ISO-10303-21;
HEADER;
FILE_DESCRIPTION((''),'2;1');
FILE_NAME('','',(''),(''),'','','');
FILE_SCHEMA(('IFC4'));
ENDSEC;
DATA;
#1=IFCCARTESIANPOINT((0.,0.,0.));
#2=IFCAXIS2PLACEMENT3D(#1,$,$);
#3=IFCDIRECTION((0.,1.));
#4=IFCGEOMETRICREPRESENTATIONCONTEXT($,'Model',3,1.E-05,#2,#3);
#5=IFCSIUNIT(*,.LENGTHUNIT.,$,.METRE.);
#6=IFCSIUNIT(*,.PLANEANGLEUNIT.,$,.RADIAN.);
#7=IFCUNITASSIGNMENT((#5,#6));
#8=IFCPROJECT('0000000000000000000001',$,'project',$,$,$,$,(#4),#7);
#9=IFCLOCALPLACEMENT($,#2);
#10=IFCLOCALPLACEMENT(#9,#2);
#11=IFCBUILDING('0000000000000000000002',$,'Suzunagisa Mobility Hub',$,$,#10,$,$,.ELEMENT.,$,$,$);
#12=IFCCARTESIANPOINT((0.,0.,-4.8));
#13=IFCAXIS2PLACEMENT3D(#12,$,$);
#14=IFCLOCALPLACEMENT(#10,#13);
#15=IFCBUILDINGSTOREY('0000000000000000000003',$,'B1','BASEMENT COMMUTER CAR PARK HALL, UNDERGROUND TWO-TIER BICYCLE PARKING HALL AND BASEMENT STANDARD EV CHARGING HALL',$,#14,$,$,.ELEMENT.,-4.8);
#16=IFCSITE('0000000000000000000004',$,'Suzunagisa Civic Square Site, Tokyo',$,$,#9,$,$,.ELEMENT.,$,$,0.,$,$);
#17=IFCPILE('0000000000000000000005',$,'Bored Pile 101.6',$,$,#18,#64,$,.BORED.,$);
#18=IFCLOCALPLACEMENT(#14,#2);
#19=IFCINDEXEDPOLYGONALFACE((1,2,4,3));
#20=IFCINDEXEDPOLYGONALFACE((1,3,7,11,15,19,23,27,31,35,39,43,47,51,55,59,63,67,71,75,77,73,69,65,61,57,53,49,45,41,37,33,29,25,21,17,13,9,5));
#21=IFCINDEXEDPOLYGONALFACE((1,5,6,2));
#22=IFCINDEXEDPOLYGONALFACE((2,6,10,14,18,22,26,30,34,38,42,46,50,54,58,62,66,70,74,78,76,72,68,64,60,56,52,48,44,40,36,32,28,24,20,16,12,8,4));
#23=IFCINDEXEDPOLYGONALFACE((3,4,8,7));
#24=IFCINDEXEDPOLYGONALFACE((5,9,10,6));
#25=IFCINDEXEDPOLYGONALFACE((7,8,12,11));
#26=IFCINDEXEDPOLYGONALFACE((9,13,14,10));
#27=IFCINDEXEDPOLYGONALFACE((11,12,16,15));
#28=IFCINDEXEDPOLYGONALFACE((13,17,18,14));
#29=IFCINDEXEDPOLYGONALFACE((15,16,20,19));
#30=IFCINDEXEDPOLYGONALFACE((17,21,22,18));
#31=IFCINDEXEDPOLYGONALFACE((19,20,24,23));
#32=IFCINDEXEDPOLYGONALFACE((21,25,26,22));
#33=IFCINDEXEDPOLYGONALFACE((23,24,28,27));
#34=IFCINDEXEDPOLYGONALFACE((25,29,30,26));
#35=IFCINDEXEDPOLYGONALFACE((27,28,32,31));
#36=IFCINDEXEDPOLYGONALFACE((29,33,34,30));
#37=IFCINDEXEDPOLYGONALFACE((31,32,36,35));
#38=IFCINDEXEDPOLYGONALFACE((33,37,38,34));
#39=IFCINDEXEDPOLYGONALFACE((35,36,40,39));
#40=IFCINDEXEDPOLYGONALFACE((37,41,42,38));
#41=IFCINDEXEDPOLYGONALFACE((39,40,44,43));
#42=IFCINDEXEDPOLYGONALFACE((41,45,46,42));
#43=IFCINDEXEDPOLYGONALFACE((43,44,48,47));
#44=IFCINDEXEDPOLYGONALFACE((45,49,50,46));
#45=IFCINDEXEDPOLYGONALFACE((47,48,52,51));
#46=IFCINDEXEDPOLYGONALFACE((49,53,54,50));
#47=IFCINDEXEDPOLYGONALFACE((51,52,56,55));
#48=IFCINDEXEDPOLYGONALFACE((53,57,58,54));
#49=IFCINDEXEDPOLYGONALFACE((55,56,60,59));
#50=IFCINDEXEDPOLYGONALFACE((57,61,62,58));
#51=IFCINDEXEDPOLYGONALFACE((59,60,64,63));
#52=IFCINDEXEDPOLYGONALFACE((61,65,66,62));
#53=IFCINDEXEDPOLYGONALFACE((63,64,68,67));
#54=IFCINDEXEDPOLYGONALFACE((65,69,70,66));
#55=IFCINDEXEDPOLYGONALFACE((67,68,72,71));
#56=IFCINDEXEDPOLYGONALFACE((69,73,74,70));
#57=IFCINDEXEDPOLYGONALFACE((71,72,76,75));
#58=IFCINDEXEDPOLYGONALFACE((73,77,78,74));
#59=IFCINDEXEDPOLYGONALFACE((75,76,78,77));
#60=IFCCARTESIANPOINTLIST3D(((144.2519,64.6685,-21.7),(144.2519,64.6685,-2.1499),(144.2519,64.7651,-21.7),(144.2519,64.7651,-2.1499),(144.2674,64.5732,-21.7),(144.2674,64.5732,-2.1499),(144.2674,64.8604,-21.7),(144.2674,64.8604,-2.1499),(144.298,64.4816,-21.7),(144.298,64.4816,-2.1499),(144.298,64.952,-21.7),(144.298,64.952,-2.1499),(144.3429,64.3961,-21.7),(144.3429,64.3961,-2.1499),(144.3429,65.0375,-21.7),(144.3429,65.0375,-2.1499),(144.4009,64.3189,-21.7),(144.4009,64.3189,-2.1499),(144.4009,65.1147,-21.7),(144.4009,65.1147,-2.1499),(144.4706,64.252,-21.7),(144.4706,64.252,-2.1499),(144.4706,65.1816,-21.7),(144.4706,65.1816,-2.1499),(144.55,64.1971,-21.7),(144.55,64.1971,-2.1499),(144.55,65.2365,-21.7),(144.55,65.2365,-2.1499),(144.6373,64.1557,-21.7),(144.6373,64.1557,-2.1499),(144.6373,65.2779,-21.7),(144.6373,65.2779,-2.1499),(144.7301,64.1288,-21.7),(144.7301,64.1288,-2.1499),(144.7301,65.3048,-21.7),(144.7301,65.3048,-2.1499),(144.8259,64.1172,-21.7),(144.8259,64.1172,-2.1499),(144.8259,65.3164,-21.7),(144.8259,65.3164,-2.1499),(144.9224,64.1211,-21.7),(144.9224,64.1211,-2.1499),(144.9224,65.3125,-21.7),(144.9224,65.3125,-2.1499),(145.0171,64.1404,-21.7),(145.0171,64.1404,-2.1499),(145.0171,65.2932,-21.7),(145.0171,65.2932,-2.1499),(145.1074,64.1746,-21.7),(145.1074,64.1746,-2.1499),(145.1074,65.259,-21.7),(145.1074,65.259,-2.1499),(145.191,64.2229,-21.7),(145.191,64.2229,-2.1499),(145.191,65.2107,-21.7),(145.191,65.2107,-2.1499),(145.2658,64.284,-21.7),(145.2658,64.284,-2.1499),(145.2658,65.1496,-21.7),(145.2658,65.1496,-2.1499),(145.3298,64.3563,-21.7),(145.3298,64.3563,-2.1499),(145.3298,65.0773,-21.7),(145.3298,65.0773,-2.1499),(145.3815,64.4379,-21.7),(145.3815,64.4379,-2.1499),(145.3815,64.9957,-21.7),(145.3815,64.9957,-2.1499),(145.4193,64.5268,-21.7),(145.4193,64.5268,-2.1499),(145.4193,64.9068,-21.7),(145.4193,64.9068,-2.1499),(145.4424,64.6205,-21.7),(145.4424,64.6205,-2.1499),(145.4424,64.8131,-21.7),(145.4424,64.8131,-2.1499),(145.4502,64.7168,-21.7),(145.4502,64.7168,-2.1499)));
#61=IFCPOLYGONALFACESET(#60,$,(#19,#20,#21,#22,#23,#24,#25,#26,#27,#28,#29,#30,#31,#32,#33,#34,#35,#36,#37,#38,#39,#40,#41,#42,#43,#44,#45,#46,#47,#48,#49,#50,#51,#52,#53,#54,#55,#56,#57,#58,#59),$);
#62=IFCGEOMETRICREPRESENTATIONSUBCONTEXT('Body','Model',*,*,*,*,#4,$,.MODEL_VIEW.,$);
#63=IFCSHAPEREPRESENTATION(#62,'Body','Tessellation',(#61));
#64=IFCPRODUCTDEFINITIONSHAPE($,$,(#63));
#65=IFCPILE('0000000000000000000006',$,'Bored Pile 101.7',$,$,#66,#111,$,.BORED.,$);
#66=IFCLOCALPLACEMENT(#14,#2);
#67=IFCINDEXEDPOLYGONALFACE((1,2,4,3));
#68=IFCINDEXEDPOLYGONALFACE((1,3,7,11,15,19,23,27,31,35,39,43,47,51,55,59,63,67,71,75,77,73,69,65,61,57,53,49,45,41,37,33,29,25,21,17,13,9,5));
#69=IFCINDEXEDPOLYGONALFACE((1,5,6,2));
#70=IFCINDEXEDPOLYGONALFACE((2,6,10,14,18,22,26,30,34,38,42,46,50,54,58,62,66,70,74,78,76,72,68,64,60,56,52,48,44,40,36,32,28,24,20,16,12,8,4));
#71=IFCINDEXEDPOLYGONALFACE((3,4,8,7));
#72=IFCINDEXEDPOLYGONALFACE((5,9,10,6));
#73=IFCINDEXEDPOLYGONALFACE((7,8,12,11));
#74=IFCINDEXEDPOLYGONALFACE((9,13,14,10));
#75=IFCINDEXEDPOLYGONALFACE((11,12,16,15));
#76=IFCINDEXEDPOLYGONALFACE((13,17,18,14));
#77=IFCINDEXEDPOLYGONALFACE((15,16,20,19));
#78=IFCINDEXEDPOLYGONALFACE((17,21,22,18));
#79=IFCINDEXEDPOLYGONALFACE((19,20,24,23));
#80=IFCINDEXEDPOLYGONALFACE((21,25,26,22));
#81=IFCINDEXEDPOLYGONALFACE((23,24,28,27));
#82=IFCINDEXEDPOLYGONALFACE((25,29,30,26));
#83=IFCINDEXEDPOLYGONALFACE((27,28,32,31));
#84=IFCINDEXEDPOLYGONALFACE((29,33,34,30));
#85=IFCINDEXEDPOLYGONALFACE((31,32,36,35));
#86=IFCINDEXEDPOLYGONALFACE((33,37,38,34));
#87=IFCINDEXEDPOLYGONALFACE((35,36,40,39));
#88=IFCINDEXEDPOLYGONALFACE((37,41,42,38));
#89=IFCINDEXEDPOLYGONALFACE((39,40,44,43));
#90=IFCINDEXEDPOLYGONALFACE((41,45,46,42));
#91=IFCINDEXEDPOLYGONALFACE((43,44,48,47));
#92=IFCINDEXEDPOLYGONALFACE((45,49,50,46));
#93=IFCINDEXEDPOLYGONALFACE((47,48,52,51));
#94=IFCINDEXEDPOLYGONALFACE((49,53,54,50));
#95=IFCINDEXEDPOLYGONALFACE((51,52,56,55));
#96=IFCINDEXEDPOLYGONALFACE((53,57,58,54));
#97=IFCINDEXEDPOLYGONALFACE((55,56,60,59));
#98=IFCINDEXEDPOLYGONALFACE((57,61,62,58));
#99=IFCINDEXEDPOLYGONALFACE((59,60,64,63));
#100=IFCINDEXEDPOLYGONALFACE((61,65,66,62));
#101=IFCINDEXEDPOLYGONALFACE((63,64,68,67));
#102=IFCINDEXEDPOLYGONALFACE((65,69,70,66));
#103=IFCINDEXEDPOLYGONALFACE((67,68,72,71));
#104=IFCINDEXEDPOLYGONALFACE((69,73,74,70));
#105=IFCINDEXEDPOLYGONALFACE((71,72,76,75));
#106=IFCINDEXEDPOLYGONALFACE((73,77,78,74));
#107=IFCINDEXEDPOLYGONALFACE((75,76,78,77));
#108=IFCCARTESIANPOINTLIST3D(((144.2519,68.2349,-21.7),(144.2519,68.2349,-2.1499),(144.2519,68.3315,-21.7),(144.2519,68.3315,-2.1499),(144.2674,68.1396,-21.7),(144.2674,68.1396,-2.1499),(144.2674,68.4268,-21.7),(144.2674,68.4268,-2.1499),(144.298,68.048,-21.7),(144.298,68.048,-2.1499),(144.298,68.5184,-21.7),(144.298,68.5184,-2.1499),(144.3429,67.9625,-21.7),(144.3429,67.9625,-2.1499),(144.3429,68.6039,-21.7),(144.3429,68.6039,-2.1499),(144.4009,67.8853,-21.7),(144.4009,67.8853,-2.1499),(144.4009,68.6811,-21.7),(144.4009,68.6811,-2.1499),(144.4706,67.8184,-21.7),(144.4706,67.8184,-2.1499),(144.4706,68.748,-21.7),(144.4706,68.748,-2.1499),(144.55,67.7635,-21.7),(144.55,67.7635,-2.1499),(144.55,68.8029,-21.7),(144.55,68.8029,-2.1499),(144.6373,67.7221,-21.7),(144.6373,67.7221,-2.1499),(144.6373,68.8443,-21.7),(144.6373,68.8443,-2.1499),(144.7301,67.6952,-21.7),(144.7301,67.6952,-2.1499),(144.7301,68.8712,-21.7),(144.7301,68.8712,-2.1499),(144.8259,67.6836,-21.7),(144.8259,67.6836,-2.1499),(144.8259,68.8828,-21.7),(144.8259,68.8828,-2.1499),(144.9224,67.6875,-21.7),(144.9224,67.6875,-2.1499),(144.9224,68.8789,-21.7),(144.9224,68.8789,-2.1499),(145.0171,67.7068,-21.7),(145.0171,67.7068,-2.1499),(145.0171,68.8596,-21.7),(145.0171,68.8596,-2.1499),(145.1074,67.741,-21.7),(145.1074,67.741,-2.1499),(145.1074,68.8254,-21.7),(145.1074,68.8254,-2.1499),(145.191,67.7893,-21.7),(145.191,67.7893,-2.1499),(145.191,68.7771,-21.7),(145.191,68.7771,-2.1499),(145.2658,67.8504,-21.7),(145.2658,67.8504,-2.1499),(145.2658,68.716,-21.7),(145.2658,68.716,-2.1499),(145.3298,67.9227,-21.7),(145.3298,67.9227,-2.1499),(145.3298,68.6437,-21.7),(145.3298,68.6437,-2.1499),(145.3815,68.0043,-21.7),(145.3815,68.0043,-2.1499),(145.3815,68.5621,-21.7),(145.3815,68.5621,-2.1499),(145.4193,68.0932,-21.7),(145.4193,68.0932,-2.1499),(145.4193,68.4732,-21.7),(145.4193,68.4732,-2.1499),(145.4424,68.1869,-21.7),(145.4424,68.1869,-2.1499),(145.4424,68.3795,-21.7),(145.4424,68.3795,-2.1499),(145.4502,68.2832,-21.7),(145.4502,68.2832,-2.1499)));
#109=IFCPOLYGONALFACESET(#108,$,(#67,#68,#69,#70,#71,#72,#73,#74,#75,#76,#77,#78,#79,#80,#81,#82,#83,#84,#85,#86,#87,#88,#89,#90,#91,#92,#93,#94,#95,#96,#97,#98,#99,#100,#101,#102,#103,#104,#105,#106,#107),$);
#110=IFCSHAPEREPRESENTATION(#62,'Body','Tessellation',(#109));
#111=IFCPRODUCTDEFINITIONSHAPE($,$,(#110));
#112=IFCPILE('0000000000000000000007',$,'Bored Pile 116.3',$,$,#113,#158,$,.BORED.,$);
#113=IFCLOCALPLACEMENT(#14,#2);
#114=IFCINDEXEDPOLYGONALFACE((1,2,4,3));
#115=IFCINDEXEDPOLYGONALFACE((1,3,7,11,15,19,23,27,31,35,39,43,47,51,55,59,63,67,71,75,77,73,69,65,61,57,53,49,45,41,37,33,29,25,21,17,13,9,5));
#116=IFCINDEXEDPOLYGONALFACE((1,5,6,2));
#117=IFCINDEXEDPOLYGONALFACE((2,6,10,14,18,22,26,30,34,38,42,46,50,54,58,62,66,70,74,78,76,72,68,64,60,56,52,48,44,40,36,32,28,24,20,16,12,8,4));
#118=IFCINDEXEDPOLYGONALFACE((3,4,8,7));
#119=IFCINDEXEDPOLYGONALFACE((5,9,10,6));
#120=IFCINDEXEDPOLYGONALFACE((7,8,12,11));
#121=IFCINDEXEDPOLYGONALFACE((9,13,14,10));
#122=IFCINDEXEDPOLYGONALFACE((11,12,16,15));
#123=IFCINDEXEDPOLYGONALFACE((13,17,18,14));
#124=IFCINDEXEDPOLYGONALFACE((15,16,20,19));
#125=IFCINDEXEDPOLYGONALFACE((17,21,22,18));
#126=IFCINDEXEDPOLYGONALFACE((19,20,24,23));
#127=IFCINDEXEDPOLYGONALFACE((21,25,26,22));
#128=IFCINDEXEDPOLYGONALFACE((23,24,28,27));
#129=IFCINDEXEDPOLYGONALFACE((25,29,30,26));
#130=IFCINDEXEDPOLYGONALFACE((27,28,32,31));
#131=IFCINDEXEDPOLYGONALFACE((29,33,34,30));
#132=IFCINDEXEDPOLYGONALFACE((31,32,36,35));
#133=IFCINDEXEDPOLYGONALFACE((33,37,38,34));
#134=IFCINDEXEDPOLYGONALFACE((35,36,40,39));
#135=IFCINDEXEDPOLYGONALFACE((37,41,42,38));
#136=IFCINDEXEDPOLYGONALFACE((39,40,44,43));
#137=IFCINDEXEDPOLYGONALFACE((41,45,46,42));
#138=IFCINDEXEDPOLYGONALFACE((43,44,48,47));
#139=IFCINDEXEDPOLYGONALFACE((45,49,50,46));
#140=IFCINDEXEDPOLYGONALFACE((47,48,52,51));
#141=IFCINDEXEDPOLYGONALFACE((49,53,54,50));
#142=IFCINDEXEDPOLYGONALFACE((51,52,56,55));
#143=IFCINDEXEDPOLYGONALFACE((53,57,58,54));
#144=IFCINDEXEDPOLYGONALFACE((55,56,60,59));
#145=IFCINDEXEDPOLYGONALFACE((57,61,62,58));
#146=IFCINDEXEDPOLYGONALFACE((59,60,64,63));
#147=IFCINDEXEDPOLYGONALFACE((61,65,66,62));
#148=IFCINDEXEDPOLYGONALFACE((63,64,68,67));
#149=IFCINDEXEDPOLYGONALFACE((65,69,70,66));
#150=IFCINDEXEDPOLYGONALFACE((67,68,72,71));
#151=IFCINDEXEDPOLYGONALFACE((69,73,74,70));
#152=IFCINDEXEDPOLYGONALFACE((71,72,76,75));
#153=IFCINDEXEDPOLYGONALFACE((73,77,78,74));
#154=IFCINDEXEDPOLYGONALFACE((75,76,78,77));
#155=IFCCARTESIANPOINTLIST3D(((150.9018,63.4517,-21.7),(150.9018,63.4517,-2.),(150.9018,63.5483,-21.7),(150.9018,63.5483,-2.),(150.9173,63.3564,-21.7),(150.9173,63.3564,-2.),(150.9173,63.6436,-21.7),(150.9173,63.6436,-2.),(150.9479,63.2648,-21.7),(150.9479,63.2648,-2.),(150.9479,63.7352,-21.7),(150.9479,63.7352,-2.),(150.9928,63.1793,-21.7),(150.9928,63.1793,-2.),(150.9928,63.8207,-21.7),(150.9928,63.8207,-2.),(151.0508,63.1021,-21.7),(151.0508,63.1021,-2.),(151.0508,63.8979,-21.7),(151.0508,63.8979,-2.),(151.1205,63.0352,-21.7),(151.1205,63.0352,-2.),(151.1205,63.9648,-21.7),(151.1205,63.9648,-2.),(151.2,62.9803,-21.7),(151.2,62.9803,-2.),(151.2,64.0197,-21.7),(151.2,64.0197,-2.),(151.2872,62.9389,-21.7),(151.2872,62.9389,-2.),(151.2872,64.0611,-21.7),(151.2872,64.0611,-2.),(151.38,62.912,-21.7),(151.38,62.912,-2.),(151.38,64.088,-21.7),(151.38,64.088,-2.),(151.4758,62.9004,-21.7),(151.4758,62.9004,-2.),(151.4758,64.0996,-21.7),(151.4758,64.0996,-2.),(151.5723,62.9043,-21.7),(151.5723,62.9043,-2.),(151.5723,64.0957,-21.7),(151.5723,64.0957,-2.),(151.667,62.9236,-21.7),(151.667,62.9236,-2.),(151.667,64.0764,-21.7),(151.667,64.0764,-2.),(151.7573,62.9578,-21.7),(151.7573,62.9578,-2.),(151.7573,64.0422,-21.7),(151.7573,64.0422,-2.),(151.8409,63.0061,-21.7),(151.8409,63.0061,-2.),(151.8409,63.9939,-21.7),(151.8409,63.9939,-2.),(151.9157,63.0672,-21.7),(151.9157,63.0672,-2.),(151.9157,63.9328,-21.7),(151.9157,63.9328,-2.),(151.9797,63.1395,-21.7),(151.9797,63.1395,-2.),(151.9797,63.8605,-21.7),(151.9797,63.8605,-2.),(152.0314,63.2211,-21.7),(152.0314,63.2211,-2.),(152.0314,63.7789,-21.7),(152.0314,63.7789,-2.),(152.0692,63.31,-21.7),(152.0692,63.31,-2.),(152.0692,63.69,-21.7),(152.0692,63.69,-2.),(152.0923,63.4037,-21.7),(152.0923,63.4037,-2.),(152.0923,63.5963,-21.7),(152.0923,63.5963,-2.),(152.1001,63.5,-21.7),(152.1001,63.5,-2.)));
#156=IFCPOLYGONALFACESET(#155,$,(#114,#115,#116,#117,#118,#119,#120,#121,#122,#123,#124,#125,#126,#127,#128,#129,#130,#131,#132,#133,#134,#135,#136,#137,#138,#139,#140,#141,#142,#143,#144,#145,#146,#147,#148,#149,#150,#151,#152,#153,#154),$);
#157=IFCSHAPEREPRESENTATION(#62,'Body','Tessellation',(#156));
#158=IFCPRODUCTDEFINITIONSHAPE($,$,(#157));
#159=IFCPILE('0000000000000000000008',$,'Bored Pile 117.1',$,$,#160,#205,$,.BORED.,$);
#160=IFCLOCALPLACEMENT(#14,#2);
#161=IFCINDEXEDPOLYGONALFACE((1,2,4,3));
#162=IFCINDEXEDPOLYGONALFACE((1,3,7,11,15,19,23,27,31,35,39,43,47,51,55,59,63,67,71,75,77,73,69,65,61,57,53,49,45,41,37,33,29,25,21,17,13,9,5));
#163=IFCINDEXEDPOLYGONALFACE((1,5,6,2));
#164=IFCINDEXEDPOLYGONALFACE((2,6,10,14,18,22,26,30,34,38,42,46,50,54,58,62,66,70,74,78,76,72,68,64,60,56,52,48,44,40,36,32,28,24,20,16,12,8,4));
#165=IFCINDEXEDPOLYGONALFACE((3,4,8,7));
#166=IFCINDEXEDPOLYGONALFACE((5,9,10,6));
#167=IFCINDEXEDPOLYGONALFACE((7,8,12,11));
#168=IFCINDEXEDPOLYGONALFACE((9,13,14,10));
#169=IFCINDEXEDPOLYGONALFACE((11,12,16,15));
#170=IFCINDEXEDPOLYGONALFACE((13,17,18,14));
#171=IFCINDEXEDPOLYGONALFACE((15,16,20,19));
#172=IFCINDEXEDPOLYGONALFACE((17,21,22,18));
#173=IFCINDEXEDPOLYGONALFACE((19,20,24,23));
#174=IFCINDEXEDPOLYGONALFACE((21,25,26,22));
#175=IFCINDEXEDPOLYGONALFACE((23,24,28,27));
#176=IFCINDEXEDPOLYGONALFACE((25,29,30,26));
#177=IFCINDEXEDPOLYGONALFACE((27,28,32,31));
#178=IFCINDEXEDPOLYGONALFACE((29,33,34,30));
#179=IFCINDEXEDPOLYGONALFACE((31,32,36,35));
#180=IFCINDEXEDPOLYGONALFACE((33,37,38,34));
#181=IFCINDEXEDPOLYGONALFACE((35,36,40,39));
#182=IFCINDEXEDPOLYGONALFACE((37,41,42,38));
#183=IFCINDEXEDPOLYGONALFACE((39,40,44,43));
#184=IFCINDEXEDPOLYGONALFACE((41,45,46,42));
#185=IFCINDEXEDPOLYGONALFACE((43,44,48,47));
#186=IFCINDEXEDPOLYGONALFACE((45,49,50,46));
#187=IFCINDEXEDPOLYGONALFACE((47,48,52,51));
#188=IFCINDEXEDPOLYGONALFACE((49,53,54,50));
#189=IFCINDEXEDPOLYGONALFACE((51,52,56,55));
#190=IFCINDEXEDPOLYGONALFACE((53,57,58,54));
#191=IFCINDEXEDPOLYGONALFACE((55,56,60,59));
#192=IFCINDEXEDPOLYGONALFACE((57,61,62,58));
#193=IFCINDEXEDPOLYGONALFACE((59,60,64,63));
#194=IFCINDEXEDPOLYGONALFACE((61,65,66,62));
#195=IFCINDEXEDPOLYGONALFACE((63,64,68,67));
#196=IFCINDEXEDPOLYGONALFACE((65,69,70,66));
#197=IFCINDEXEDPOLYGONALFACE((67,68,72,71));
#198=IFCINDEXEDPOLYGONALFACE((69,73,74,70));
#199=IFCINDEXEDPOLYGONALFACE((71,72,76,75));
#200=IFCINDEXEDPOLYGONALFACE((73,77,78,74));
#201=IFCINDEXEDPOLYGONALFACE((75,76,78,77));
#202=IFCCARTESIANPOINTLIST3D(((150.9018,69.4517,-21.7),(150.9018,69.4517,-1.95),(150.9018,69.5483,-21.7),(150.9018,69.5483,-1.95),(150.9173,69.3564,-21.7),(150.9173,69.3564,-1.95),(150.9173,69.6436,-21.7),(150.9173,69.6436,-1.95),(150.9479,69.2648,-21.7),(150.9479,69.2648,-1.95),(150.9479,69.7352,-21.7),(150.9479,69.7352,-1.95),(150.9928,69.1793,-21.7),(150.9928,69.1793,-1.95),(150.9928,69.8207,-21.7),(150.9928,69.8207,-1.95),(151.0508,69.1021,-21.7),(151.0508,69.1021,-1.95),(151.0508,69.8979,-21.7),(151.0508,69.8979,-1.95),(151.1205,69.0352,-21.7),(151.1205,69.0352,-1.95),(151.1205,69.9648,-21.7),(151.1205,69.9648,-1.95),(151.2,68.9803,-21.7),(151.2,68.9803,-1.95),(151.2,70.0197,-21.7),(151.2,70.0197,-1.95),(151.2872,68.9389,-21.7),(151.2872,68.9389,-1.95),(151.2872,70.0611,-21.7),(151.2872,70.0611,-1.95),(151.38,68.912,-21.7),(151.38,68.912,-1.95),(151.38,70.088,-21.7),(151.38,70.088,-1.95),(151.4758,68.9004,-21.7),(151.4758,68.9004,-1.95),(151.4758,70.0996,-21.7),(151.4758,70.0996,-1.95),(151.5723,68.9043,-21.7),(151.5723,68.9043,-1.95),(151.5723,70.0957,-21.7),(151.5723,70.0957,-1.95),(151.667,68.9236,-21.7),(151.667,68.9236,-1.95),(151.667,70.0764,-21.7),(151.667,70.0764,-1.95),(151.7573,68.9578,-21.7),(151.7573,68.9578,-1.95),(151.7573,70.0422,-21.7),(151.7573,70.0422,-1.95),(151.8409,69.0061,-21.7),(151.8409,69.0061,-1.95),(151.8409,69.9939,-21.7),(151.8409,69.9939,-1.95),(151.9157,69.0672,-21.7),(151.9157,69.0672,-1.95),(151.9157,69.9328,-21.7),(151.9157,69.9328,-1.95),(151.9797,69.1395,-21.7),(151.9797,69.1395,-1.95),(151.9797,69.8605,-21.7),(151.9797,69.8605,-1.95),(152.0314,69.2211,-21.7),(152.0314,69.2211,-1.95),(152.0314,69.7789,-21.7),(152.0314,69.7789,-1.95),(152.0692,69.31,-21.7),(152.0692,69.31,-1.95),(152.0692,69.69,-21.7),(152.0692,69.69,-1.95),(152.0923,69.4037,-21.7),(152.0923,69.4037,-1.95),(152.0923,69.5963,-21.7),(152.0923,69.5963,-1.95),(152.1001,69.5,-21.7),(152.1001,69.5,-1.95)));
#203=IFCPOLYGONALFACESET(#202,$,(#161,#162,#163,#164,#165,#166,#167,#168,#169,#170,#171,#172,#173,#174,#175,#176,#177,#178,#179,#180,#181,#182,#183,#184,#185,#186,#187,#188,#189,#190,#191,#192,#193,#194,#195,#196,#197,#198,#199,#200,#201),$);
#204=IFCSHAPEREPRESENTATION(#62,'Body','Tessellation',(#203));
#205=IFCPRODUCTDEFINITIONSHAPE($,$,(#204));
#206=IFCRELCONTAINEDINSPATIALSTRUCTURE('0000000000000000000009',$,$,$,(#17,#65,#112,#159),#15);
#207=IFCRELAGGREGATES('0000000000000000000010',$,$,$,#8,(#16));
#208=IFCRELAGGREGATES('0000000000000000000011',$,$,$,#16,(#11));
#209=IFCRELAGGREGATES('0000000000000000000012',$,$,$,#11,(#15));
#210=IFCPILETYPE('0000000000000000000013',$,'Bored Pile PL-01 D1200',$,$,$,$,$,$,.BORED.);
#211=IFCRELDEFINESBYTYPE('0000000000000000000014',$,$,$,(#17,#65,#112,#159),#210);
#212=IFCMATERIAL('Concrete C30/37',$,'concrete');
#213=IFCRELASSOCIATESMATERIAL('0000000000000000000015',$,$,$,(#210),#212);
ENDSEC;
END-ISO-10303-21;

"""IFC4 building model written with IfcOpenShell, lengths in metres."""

from ifc_helpers import new_model, si_unit, direction, frame, origin, origin_2d, place, context, subcontext, project, spatial, circle, extrude, material, material_profile, profile_set, type_object, element, save


model = new_model("IFC4")

# Units and contexts
model_context = context("Model", 3, precision=1e-05, world=origin(), true_north=direction((0.0, 1.0)))
body_context = subcontext(model_context, "Body", "Model", "MODEL_VIEW")
ifc_project = project(units=[si_unit("LENGTHUNIT", "METRE"), si_unit("PLANEANGLEUNIT", "RADIAN")], contexts=[model_context])

# Site, building, storey
site_placement = place(None, origin())
site = spatial("IfcSite", under=ifc_project, at=site_placement, Name="Suzunagisa Civic Square Site, Tokyo", CompositionType="ELEMENT", RefElevation=0.0)
building_placement = place(site_placement, origin())
building = spatial("IfcBuilding", under=site, at=building_placement, Name="Suzunagisa Mobility Hub", CompositionType="ELEMENT")
storey_placement = place(building_placement, frame((0.0, 0.0, -4.8)))
storey = spatial("IfcBuildingStorey", under=building, at=storey_placement, Name="B1", Description="BASEMENT COMMUTER CAR PARK HALL, UNDERGROUND TWO-TIER BICYCLE PARKING HALL AND BASEMENT STANDARD EV CHARGING HALL", CompositionType="ELEMENT", Elevation=-4.8)

# Piles
ifc_material_1 = material(Name="Concrete C30/37", Category="concrete")
ifc_material_profile_1 = material_profile(ifc_material_1, circle(Radius=0.6001, at=origin_2d()), Name="BORED PILE D1200")
ifc_profile_set_1 = profile_set([ifc_material_profile_1], Name="Concrete C30/37")
pile_type = type_object("IfcPileType", Name="Bored Pile PL-01 D1200", PredefinedType="BORED", material=ifc_profile_set_1)
for number, where, z_axis, x_axis, name in (
    (1, (144.8501, 64.7168, -2.1499), (0.0, 0.0, -1.0), (1.0, 0.0, 0.0), "Bored Pile 101.6"),
    (2, (144.8501, 68.2832, -2.1499), (0.0, 0.0, -1.0), (1.0, 0.0, 0.0), "Bored Pile 101.7"),
):
    element("IfcPile", number, at=place(storey_placement, frame(where, z_axis=z_axis, x_axis=x_axis)), inside=storey, type_object=pile_type, Name=name, PredefinedType="BORED", context=body_context, shape_type="SweptSolid", body=[
        extrude(circle(Radius=0.6001, at=origin_2d()), origin(), (0.0, 0.0, 1.0), 19.55),
    ])
pile_1_placement = place(storey_placement, frame((151.5, 63.5, -2.0), z_axis=(0.0, 0.0, -1.0), x_axis=(1.0, 0.0, 0.0)))
element("IfcPile", 3, at=pile_1_placement, inside=storey, type_object=pile_type, Name="Bored Pile 116.3", PredefinedType="BORED", context=body_context, shape_type="SweptSolid", body=[
    extrude(circle(Radius=0.6001, at=origin_2d()), origin(), (0.0, 0.0, 1.0), 19.7),
])
pile_2_placement = place(storey_placement, frame((151.5, 69.5, -1.95), z_axis=(0.0, 0.0, -1.0), x_axis=(1.0, 0.0, 0.0)))
element("IfcPile", 4, at=pile_2_placement, inside=storey, type_object=pile_type, Name="Bored Pile 117.1", PredefinedType="BORED", context=body_context, shape_type="SweptSolid", body=[
    extrude(circle(Radius=0.6001, at=origin_2d()), origin(), (0.0, 0.0, 1.0), 19.75),
])

save(model, "model.ifc")
